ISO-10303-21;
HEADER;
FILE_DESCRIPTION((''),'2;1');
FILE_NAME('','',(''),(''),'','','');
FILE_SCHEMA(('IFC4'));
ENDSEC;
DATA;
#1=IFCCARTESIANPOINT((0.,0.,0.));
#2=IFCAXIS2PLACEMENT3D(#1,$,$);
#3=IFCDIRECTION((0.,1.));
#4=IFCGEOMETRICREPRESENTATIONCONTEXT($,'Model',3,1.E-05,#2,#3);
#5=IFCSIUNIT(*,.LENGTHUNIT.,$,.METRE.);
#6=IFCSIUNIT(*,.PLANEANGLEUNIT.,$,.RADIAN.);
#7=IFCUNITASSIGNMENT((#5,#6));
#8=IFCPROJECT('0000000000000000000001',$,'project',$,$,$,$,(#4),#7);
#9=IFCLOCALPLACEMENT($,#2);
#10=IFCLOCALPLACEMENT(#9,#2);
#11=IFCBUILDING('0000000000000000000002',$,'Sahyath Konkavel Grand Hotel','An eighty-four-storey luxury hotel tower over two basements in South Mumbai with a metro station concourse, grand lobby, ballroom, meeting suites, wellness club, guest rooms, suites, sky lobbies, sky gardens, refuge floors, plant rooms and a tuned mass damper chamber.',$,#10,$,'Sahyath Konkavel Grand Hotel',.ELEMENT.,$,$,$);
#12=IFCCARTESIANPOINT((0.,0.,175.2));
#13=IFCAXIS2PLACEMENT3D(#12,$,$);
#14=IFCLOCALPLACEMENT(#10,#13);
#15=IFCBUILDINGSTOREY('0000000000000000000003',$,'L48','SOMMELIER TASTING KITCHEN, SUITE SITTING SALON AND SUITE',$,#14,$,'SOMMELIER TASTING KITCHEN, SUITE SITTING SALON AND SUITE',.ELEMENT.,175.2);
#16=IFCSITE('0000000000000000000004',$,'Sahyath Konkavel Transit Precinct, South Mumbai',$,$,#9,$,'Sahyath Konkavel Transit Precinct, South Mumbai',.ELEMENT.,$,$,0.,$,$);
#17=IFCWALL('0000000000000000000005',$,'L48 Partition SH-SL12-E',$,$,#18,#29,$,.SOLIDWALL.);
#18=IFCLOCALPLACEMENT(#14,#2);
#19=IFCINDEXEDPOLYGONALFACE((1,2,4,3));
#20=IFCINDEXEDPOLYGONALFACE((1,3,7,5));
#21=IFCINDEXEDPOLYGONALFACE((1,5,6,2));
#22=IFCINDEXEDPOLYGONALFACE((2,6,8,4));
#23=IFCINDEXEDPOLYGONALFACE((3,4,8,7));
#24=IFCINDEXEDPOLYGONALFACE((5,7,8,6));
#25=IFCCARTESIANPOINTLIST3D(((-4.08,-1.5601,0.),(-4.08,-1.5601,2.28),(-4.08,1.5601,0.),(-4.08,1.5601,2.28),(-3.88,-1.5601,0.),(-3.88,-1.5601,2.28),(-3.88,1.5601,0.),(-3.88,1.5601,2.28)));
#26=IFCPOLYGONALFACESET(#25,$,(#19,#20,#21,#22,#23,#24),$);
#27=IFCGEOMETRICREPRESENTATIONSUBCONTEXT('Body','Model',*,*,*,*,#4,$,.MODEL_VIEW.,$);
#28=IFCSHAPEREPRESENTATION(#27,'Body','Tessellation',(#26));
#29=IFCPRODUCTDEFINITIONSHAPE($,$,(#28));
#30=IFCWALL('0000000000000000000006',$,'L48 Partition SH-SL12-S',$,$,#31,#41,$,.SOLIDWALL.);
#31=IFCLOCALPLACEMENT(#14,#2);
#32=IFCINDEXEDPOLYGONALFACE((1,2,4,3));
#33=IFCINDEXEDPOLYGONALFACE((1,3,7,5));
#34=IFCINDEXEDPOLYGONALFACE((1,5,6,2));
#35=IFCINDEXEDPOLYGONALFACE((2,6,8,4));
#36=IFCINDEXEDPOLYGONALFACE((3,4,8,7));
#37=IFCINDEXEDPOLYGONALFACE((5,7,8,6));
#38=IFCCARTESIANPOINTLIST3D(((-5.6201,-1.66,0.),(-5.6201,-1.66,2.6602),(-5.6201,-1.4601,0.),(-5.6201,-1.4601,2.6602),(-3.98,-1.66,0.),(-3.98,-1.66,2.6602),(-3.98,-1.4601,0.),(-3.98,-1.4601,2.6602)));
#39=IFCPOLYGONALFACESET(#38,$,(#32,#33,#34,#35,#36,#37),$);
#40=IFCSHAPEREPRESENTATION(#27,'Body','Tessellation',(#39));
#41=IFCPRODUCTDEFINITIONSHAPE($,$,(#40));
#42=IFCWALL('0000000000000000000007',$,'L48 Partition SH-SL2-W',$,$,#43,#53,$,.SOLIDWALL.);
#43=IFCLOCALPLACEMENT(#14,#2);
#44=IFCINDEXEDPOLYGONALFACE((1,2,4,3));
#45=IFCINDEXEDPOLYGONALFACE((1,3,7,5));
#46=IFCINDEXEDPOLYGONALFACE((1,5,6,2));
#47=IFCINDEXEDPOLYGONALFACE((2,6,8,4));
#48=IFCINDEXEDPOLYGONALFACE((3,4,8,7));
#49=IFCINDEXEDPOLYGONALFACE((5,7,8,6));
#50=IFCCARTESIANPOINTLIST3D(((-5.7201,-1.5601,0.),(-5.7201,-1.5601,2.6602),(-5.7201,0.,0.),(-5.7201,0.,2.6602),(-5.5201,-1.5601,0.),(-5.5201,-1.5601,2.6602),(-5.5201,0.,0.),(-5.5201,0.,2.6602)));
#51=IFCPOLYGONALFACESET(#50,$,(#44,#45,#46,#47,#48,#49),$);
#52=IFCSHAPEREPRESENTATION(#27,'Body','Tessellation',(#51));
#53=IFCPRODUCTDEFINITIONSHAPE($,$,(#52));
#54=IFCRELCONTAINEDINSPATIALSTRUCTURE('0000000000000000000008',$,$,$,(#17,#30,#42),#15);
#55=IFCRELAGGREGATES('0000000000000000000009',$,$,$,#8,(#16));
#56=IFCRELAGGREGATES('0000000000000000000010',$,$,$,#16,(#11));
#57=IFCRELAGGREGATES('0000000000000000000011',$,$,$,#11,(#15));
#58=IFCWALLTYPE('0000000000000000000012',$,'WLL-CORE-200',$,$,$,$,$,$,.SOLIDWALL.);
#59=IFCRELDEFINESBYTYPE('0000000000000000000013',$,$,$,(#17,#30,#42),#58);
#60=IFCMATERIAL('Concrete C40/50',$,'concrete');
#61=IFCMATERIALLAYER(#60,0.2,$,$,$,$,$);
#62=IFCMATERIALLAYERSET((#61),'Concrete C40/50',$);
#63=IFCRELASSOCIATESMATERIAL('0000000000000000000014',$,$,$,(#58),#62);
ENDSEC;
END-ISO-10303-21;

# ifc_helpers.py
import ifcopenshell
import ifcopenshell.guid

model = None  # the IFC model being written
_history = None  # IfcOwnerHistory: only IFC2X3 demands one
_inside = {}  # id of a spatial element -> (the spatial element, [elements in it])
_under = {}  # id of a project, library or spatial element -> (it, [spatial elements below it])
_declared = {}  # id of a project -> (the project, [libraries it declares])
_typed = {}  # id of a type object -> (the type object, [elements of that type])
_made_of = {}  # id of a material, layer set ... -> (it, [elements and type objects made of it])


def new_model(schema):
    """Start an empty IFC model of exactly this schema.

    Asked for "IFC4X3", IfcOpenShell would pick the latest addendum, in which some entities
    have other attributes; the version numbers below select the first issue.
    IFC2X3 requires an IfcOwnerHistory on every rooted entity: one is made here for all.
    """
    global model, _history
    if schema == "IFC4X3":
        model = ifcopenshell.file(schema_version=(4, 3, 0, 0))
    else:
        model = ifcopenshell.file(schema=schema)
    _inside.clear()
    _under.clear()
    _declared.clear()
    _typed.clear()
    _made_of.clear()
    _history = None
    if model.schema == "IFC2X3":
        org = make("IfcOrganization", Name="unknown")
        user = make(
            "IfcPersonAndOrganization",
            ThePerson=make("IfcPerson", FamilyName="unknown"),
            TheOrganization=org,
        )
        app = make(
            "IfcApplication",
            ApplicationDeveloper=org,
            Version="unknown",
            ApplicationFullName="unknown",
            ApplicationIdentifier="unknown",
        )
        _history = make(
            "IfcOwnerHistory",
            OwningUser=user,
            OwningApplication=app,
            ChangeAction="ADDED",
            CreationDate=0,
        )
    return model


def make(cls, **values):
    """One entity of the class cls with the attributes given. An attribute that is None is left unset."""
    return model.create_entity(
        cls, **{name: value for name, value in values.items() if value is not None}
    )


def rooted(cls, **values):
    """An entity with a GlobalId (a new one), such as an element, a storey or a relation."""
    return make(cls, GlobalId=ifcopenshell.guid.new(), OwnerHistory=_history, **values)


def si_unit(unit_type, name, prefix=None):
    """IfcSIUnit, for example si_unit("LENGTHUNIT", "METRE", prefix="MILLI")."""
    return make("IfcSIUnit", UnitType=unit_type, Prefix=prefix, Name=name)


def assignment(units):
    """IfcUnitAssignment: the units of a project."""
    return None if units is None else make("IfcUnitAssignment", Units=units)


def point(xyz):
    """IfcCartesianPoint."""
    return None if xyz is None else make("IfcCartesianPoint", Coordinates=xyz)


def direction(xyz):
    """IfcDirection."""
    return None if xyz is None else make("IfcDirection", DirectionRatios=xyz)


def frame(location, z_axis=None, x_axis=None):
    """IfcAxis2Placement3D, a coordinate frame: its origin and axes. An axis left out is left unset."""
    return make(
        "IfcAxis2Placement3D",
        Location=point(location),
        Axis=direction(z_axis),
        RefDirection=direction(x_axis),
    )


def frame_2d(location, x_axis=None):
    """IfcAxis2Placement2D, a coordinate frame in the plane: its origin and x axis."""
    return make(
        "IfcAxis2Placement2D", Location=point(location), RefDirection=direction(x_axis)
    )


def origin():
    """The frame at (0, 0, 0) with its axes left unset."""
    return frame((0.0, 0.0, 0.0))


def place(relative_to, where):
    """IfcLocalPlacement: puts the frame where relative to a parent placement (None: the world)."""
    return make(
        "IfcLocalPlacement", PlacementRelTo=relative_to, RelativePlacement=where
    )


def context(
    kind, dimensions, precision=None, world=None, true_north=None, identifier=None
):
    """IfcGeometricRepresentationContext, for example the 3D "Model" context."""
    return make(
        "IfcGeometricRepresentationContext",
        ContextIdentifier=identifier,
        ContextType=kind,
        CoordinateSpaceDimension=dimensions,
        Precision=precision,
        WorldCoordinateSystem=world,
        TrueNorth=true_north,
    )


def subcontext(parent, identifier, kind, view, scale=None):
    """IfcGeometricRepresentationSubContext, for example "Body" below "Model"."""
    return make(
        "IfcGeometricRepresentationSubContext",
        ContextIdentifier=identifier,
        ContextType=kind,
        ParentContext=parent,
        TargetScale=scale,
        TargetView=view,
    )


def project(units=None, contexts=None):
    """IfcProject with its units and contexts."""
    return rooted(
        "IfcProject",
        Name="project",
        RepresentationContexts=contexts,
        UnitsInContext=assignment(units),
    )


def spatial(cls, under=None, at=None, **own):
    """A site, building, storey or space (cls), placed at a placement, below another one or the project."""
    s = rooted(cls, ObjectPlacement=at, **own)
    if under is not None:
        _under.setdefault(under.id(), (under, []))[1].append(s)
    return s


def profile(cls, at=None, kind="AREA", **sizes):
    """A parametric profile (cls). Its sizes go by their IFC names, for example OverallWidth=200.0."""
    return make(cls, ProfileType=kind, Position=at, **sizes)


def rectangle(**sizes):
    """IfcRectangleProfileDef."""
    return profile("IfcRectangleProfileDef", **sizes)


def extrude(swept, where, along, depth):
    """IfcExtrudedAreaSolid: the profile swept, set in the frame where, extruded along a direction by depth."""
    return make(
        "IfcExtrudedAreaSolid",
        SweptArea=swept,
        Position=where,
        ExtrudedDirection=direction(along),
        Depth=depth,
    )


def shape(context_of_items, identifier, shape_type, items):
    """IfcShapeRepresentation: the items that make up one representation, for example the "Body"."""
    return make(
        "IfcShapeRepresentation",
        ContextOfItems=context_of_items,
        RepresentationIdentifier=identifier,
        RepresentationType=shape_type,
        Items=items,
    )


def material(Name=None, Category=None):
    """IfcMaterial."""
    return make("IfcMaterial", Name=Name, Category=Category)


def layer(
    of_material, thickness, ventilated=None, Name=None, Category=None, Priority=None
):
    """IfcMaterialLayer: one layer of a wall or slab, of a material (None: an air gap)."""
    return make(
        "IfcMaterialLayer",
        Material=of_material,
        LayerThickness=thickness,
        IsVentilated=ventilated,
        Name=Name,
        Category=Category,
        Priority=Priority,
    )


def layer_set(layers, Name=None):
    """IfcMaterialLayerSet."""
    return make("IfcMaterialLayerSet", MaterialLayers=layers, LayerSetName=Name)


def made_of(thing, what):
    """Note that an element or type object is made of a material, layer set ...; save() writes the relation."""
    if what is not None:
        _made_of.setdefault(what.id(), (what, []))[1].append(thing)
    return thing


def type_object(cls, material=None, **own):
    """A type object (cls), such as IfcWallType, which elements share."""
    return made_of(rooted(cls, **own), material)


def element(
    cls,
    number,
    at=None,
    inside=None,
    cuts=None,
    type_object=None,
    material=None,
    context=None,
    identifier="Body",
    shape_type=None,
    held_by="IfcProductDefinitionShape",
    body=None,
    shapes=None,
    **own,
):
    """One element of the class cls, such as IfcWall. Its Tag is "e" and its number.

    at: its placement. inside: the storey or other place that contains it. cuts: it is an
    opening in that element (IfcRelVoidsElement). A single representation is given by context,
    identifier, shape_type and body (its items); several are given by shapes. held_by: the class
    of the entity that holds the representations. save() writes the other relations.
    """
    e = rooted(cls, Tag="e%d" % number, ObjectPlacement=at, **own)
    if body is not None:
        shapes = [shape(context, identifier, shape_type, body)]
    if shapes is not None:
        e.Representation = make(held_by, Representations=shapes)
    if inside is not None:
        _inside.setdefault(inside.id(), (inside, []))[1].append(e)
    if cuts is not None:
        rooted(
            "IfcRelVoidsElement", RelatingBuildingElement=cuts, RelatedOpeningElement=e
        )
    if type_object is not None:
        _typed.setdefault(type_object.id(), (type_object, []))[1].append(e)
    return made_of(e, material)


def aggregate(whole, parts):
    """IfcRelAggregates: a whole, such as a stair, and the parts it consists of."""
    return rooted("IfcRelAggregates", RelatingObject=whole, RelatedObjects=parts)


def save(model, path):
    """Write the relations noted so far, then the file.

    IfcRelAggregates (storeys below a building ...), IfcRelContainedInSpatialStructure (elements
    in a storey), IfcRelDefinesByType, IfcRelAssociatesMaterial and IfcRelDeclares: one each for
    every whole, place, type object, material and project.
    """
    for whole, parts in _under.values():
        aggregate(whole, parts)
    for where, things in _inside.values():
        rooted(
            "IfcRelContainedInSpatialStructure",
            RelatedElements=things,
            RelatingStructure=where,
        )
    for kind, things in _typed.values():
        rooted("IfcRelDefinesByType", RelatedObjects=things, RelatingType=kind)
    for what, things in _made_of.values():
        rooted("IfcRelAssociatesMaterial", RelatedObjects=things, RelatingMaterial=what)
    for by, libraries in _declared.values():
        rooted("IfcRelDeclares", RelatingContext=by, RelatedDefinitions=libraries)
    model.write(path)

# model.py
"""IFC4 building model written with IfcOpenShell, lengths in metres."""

from ifc_helpers import new_model, si_unit, direction, frame, frame_2d, origin, place, context, subcontext, project, spatial, rectangle, extrude, material, layer, layer_set, type_object, element, save


model = new_model("IFC4")

# Units and contexts
model_context = context("Model", 3, precision=1e-05, world=origin(), true_north=direction((0.0, 1.0)))
body_context = subcontext(model_context, "Body", "Model", "MODEL_VIEW")
ifc_project = project(units=[si_unit("LENGTHUNIT", "METRE"), si_unit("PLANEANGLEUNIT", "RADIAN")], contexts=[model_context])

# Site, building, storey
site_placement = place(None, origin())
site = spatial("IfcSite", under=ifc_project, at=site_placement, Name="Sahyath Konkavel Transit Precinct, South Mumbai", LongName="Sahyath Konkavel Transit Precinct, South Mumbai", CompositionType="ELEMENT", RefElevation=0.0)
building_placement = place(site_placement, origin())
building = spatial("IfcBuilding", under=site, at=building_placement, Name="Sahyath Konkavel Grand Hotel", Description="An eighty-four-storey luxury hotel tower over two basements in South Mumbai with a metro station concourse, grand lobby, ballroom, meeting suites, wellness club, guest rooms, suites, sky lobbies, sky gardens, refuge floors, plant rooms and a tuned mass damper chamber.", LongName="Sahyath Konkavel Grand Hotel", CompositionType="ELEMENT")
storey_placement = place(building_placement, frame((0.0, 0.0, 175.2)))
storey = spatial("IfcBuildingStorey", under=building, at=storey_placement, Name="L48", Description="SOMMELIER TASTING KITCHEN, SUITE SITTING SALON AND SUITE", LongName="SOMMELIER TASTING KITCHEN, SUITE SITTING SALON AND SUITE", CompositionType="ELEMENT", Elevation=175.2)

# Shared definitions
ifc_material_1 = material(Name="Concrete C40/50", Category="concrete")

# Shared definitions
ifc_layer_1 = layer(ifc_material_1, 0.2)
ifc_layer_set_1 = layer_set([ifc_layer_1], Name="Concrete C40/50")
wall_type_1 = type_object("IfcWallType", Name="WLL-CORE-200", PredefinedType="SOLIDWALL", material=ifc_layer_set_1)

# Walls
wall_1_placement = place(storey_placement, frame((-3.98, -1.5601, 0.0), z_axis=(0.0, 0.0, 1.0), x_axis=(0.0, 1.0, 0.0)))
element("IfcWall", 1, at=wall_1_placement, inside=storey, type_object=wall_type_1, Name="L48 Partition SH-SL12-E", PredefinedType="SOLIDWALL", context=body_context, shape_type="SweptSolid", body=[
    extrude(rectangle(XDim=3.1201, YDim=0.2, at=frame_2d((1.5601, 0.0))), origin(), (0.0, 0.0, 1.0), 2.28),
])
wall_2_placement = place(storey_placement, frame((-5.6201, -1.5601, 0.0), z_axis=(0.0, 0.0, 1.0), x_axis=(1.0, 0.0, 0.0)))
element("IfcWall", 2, at=wall_2_placement, inside=storey, type_object=wall_type_1, Name="L48 Partition SH-SL12-S", PredefinedType="SOLIDWALL", context=body_context, shape_type="SweptSolid", body=[
    extrude(rectangle(XDim=1.6401, YDim=0.2, at=frame_2d((0.8201, 0.0))), origin(), (0.0, 0.0, 1.0), 2.6602),
])
wall_3_placement = place(storey_placement, frame((-5.6201, -1.5601, 0.0), z_axis=(0.0, 0.0, 1.0), x_axis=(0.0, 1.0, 0.0)))
element("IfcWall", 3, at=wall_3_placement, inside=storey, type_object=wall_type_1, Name="L48 Partition SH-SL2-W", PredefinedType="SOLIDWALL", context=body_context, shape_type="SweptSolid", body=[
    extrude(rectangle(XDim=1.5601, YDim=0.2, at=frame_2d((0.78, 0.0))), origin(), (0.0, 0.0, 1.0), 2.6602),
])

save(model, "model.ifc")
